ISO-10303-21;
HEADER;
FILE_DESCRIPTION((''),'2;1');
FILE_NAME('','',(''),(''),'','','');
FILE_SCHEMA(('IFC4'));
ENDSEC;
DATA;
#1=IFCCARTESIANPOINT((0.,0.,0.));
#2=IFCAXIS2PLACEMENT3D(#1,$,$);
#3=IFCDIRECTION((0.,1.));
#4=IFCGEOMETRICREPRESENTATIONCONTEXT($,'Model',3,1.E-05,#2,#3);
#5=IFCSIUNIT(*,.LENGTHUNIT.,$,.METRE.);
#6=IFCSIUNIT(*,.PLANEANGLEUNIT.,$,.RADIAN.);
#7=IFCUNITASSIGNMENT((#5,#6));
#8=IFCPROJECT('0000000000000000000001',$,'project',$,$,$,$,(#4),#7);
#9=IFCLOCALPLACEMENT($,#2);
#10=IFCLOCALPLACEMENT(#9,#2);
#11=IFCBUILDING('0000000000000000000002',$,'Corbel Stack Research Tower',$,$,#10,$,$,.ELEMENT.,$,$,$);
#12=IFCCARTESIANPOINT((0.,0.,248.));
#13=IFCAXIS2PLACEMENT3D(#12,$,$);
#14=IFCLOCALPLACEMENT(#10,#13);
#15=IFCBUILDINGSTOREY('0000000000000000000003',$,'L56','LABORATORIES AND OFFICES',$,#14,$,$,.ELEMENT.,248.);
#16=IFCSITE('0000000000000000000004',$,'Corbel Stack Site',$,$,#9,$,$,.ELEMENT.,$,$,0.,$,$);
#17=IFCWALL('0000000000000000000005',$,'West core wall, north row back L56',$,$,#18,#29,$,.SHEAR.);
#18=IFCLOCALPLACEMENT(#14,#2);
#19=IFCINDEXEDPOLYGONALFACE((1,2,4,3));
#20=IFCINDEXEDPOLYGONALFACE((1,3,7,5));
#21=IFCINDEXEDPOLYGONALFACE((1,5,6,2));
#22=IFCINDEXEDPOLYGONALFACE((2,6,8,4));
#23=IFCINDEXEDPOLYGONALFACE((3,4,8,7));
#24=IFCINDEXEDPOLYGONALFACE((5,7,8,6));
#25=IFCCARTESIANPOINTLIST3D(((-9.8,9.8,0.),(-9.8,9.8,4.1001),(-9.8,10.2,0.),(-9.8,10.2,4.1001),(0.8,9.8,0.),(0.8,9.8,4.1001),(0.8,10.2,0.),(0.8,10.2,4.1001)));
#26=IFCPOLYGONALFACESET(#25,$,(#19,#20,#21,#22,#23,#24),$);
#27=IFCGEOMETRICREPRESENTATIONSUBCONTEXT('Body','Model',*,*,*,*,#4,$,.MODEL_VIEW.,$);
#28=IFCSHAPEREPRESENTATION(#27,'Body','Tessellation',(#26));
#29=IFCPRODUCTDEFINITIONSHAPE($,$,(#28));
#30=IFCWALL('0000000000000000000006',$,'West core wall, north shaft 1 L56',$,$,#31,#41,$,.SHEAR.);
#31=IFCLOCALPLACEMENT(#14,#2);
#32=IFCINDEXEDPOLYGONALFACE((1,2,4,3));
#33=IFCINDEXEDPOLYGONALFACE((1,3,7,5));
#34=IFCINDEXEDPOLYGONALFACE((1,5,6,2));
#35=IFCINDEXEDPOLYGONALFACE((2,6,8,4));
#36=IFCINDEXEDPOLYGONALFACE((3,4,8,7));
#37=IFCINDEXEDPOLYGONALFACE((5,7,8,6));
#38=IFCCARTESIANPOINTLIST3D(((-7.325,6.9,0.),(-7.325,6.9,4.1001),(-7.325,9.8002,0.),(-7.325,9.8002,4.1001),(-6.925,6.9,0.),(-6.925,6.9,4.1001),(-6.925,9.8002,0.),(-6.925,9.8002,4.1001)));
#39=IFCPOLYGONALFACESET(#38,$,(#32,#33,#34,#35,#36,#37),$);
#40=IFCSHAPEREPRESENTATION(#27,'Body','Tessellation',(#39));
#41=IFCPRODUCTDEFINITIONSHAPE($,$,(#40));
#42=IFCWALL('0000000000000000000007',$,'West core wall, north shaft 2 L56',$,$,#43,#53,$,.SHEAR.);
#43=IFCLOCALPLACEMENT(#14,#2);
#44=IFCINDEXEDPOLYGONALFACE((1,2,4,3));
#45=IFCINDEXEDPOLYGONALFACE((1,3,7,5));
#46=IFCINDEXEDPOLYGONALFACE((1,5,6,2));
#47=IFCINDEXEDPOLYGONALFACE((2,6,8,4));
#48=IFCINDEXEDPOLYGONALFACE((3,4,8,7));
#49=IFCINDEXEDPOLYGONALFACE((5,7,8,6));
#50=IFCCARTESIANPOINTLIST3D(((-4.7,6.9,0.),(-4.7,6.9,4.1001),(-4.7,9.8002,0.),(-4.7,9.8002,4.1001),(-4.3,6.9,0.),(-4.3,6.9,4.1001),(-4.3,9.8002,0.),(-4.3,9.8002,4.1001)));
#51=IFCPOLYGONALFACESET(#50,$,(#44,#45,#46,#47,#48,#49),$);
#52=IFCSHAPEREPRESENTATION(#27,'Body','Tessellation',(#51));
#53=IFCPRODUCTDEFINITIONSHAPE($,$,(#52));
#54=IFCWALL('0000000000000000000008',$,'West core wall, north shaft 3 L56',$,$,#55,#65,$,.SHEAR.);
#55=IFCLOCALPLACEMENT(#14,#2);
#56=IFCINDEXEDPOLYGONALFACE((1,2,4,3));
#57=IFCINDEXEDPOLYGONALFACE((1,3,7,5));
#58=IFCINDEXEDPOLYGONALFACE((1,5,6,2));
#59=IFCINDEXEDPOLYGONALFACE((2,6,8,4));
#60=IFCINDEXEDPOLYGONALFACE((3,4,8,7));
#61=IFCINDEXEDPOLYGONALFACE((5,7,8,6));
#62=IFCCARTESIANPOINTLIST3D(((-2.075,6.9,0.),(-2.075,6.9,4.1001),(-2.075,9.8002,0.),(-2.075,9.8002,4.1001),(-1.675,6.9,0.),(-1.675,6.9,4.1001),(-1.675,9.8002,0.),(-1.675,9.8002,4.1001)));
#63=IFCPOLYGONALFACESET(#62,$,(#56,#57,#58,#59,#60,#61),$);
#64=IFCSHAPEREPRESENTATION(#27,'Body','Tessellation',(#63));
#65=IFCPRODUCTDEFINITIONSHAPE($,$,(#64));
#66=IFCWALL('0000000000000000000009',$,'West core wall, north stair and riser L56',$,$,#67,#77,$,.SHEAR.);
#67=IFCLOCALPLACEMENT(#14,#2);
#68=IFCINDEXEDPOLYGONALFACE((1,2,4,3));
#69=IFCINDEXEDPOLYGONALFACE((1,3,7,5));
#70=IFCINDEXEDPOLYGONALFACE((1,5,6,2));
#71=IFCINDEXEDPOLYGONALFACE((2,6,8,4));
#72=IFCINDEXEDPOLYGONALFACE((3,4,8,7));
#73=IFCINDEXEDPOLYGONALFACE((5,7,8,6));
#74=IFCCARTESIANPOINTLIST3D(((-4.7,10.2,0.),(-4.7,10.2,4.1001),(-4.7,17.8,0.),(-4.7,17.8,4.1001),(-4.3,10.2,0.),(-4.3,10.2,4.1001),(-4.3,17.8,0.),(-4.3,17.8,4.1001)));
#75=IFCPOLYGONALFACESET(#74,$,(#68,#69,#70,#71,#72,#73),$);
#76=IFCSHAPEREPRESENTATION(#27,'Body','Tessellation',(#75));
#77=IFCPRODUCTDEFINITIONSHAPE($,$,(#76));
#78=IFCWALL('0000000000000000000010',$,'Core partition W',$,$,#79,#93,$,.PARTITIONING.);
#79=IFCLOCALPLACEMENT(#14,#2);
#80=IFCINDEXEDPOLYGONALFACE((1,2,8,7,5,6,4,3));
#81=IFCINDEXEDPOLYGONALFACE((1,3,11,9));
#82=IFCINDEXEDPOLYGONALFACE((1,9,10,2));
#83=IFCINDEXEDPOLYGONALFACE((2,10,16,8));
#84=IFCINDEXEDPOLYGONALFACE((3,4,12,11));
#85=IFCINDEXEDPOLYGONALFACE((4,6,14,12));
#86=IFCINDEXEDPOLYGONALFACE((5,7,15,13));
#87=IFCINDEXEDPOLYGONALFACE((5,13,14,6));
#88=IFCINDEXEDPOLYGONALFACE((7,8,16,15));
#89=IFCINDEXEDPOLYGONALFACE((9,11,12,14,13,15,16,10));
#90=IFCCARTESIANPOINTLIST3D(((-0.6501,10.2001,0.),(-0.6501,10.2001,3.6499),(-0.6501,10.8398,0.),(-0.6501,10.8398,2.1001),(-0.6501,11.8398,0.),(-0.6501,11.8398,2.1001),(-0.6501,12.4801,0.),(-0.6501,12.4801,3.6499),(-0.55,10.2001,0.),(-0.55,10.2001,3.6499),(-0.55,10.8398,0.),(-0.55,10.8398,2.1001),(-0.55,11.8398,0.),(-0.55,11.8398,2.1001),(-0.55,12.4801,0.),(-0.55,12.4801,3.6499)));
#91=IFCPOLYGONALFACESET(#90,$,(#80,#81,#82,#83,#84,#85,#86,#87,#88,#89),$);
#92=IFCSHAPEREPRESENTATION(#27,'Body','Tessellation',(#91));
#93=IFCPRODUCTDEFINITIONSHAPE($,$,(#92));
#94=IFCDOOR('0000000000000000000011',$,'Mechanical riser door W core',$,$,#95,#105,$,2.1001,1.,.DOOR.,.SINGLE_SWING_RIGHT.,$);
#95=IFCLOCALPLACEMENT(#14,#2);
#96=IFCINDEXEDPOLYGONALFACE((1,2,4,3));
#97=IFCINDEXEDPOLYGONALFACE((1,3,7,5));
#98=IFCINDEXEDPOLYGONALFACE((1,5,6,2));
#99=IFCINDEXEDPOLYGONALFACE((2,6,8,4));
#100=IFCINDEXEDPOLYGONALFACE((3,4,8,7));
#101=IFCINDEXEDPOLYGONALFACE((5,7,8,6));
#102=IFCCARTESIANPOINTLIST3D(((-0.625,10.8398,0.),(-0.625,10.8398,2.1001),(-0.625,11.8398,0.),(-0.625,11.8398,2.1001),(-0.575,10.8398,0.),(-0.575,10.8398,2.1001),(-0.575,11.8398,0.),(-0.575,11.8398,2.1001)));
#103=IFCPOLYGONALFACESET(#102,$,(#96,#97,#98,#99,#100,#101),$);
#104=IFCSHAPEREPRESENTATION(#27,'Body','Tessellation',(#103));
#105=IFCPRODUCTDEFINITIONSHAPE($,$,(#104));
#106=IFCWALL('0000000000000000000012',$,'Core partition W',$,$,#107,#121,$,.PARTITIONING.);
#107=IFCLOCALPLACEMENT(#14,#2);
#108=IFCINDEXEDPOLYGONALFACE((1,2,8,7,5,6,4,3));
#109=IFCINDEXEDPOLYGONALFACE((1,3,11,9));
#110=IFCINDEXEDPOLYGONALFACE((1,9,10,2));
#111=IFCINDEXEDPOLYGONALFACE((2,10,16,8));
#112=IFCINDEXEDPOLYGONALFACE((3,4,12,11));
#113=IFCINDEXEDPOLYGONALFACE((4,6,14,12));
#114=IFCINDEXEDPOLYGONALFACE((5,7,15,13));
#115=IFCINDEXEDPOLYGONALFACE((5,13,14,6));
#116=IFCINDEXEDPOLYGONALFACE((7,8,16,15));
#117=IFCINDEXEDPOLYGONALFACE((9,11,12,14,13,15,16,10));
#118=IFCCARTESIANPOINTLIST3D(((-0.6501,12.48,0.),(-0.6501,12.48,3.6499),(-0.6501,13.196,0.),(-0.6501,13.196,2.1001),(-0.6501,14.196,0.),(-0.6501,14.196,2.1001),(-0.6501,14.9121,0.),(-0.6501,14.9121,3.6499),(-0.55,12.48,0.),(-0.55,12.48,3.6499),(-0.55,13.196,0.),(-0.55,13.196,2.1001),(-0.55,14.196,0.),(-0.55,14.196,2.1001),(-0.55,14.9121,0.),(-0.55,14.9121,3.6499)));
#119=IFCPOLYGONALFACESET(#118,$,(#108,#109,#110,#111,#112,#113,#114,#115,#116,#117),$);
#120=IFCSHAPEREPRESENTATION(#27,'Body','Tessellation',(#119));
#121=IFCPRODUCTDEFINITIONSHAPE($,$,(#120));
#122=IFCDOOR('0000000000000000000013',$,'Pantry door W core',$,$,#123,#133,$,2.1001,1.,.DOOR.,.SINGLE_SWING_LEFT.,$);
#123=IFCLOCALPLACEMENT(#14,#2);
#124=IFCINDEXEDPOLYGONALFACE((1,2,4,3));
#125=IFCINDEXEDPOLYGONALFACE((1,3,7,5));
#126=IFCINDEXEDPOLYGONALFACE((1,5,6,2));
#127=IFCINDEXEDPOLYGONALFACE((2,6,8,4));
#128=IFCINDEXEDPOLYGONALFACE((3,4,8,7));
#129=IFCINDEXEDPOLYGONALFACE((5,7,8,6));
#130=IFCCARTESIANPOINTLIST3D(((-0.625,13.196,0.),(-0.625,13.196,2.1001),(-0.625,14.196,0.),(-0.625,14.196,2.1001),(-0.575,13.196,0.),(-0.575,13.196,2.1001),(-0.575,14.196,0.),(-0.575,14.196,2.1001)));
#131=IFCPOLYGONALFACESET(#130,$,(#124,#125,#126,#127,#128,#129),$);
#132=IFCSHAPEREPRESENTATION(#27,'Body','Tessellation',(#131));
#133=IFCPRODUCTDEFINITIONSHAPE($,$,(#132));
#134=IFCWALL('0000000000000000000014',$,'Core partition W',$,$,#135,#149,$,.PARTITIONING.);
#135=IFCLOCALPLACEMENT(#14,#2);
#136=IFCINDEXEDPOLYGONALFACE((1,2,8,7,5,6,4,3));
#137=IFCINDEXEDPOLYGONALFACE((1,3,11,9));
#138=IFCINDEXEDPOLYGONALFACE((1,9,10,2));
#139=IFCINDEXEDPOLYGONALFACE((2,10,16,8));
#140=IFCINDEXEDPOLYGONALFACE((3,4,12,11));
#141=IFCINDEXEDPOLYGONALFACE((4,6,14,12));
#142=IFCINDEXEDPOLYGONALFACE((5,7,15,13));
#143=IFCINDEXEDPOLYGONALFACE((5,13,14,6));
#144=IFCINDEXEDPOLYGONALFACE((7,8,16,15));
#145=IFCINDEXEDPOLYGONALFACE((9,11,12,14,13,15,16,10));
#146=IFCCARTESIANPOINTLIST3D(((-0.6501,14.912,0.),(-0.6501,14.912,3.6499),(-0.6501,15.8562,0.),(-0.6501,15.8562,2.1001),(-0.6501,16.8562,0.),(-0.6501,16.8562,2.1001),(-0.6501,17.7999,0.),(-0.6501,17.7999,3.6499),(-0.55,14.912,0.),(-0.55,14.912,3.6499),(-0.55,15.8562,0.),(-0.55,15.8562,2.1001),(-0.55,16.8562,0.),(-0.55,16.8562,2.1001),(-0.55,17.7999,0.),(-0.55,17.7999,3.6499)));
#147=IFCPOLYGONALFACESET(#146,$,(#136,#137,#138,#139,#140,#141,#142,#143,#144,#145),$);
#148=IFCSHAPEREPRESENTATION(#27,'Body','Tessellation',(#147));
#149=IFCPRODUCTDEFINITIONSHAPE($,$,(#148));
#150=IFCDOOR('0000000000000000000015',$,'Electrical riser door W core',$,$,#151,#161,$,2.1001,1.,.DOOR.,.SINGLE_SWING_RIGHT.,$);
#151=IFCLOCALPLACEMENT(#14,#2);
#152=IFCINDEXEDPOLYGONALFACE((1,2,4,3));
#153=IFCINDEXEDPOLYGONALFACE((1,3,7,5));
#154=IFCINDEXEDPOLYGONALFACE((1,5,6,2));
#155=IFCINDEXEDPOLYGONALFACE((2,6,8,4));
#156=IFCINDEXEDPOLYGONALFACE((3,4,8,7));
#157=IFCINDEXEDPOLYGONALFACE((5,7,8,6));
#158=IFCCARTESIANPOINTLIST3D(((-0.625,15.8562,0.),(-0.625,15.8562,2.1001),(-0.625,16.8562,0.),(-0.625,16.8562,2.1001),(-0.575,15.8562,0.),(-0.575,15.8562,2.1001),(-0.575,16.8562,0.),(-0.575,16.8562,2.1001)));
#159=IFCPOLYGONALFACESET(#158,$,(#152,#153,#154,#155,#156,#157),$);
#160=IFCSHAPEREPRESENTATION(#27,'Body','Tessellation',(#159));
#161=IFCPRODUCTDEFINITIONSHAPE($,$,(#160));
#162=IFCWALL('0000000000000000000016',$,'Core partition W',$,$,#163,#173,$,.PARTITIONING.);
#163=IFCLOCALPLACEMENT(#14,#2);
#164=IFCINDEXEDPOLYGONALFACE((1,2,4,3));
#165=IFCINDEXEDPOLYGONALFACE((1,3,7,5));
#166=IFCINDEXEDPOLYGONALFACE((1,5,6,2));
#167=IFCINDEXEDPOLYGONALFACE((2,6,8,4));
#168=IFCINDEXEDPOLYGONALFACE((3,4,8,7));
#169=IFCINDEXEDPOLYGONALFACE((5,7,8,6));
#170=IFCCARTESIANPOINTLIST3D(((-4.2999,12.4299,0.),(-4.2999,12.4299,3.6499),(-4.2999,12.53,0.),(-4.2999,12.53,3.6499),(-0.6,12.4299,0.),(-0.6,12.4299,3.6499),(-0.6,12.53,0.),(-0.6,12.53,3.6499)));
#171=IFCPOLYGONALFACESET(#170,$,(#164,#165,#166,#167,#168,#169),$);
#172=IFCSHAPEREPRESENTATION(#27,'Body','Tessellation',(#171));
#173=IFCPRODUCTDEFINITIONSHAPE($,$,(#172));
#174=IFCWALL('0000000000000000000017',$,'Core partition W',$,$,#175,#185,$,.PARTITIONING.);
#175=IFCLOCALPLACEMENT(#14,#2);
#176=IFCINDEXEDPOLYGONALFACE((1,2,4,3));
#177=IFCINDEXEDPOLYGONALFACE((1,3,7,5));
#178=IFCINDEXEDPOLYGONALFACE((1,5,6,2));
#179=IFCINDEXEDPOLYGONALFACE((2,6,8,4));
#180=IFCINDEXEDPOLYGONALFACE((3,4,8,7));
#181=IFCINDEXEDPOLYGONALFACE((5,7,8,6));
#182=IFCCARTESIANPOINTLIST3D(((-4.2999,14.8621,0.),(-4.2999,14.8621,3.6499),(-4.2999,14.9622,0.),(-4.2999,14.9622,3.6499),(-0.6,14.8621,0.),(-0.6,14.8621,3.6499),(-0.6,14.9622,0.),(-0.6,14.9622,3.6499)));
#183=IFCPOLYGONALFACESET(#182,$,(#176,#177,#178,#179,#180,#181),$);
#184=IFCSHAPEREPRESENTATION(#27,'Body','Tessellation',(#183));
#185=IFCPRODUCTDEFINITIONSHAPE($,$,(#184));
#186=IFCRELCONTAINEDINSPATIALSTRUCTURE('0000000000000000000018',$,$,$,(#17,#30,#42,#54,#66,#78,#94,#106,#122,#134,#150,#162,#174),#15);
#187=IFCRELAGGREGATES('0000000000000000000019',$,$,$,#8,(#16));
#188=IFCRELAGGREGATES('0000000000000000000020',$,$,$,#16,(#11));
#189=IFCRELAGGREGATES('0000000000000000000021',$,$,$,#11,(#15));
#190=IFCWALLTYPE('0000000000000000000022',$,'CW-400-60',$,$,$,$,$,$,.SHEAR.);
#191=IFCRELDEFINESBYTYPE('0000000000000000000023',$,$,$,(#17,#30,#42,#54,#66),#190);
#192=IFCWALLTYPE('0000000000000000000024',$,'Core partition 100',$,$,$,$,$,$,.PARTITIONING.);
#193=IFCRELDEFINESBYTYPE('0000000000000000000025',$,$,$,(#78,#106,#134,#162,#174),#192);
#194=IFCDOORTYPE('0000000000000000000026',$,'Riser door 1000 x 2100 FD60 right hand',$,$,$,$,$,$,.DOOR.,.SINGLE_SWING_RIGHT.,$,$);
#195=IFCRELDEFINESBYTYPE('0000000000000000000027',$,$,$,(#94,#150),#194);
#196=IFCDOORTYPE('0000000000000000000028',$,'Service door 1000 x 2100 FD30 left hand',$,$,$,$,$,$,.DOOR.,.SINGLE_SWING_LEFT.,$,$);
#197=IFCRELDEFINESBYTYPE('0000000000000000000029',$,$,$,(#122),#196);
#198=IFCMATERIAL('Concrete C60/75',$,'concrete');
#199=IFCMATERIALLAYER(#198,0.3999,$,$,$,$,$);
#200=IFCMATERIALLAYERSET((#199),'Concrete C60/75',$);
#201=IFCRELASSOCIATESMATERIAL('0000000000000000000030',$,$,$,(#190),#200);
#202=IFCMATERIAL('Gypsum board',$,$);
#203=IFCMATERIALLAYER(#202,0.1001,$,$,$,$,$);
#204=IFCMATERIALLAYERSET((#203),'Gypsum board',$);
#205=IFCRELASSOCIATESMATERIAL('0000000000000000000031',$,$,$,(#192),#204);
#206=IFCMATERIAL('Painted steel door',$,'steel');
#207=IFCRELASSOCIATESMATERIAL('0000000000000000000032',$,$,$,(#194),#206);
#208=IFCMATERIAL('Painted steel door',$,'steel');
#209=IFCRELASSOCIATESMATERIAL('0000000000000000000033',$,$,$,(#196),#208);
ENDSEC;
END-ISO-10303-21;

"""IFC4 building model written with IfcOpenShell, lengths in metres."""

from ifc_helpers import new_model, si_unit, direction, frame, frame_2d, origin, place, context, subcontext, project, spatial, rectangle, extrude, material, layer, layer_set, type_object, element, fill, save


model = new_model("IFC4")

# Units and contexts
model_context = context("Model", 3, precision=1e-05, world=origin(), true_north=direction((0.0, 1.0)))
body_context = subcontext(model_context, "Body", "Model", "MODEL_VIEW")
ifc_project = project(units=[si_unit("LENGTHUNIT", "METRE"), si_unit("PLANEANGLEUNIT", "RADIAN")], contexts=[model_context])

# Site, building, storey
site_placement = place(None, origin())
site = spatial("IfcSite", under=ifc_project, at=site_placement, Name="Corbel Stack Site", CompositionType="ELEMENT", RefElevation=0.0)
building_placement = place(site_placement, origin())
building = spatial("IfcBuilding", under=site, at=building_placement, Name="Corbel Stack Research Tower", CompositionType="ELEMENT")
storey_placement = place(building_placement, frame((0.0, 0.0, 248.0)))
storey = spatial("IfcBuildingStorey", under=building, at=storey_placement, Name="L56", Description="LABORATORIES AND OFFICES", CompositionType="ELEMENT", Elevation=248.0)

# Walls
ifc_material_1 = material(Name="Concrete C60/75", Category="concrete")
ifc_layer_1 = layer(ifc_material_1, 0.3999)
ifc_layer_set_1 = layer_set([ifc_layer_1], Name="Concrete C60/75")
wall_type_1 = type_object("IfcWallType", Name="CW-400-60", PredefinedType="SHEAR", material=ifc_layer_set_1)
wall_1_placement = place(storey_placement, frame((-9.8, 10.0, 0.0), z_axis=(0.0, 0.0, 1.0), x_axis=(1.0, 0.0, 0.0)))
element("IfcWall", 1, at=wall_1_placement, inside=storey, type_object=wall_type_1, Name="West core wall, north row back L56", PredefinedType="SHEAR", context=body_context, shape_type="SweptSolid", body=[
    extrude(rectangle(XDim=10.6001, YDim=0.3999, at=frame_2d((5.3, 0.0))), origin(), (0.0, 0.0, 1.0), 4.1001),
])
for number, where, z_axis, x_axis, name in (
    (2, (-7.125, 6.8999, 0.0), (0.0, 0.0, 1.0), (0.0, 1.0, 0.0), "West core wall, north shaft 1 L56"),
    (3, (-4.5, 6.8999, 0.0), (0.0, 0.0, 1.0), (0.0, 1.0, 0.0), "West core wall, north shaft 2 L56"),
    (4, (-1.875, 6.8999, 0.0), (0.0, 0.0, 1.0), (0.0, 1.0, 0.0), "West core wall, north shaft 3 L56"),
):
    element("IfcWall", number, at=place(storey_placement, frame(where, z_axis=z_axis, x_axis=x_axis)), inside=storey, type_object=wall_type_1, Name=name, PredefinedType="SHEAR", context=body_context, shape_type="SweptSolid", body=[
        extrude(rectangle(XDim=2.9001, YDim=0.3999, at=frame_2d((1.4502, 0.0))), origin(), (0.0, 0.0, 1.0), 4.1001),
    ])
wall_2_placement = place(storey_placement, frame((-4.5, 10.2, 0.0), z_axis=(0.0, 0.0, 1.0), x_axis=(0.0, 1.0, 0.0)))
element("IfcWall", 5, at=wall_2_placement, inside=storey, type_object=wall_type_1, Name="West core wall, north stair and riser L56", PredefinedType="SHEAR", context=body_context, shape_type="SweptSolid", body=[
    extrude(rectangle(XDim=7.6001, YDim=0.3999, at=frame_2d((3.8, 0.0))), origin(), (0.0, 0.0, 1.0), 4.1001),
])

# Walls, openings, doors
ifc_material_2 = material(Name="Gypsum board")
ifc_layer_2 = layer(ifc_material_2, 0.1001)
ifc_layer_set_2 = layer_set([ifc_layer_2], Name="Gypsum board")
wall_type_2 = type_object("IfcWallType", Name="Core partition 100", PredefinedType="PARTITIONING", material=ifc_layer_set_2)
wall_3_placement = place(storey_placement, frame((-0.6001, 10.2, 0.0), z_axis=(0.0, 0.0, 1.0), x_axis=(0.0, 1.0, 0.0)))
wall_3 = element("IfcWall", 6, at=wall_3_placement, inside=storey, type_object=wall_type_2, Name="Core partition W", PredefinedType="PARTITIONING", context=body_context, shape_type="SweptSolid", body=[
    extrude(rectangle(XDim=2.28, YDim=0.1001, at=frame_2d((1.1401, 0.0))), origin(), (0.0, 0.0, 1.0), 3.6499),
])
opening_1_placement = place(wall_3_placement, frame((0.6399, 0.0, 0.0)))
opening_1 = element("IfcOpeningElement", 7, at=opening_1_placement, cuts=wall_3, PredefinedType="OPENING", context=body_context, shape_type="SweptSolid", body=[
    extrude(rectangle(XDim=1.0, YDim=2.1001, at=frame_2d((0.5, 1.05))), frame((0.0, 0.0601, 0.0), z_axis=(0.0, -1.0, 0.0), x_axis=(1.0, 0.0, 0.0)), (0.0, 0.0, 1.0), 0.1201),
])
ifc_material_3 = material(Name="Painted steel door", Category="steel")
door_type_1 = type_object("IfcDoorType", Name="Riser door 1000 x 2100 FD60 right hand", OperationType="SINGLE_SWING_RIGHT", PredefinedType="DOOR", material=ifc_material_3)
door_1_placement = place(opening_1_placement, origin())
door_1 = element("IfcDoor", 8, at=door_1_placement, inside=storey, type_object=door_type_1, Name="Mechanical riser door W core", OperationType="SINGLE_SWING_RIGHT", OverallHeight=2.1001, OverallWidth=1.0, PredefinedType="DOOR", context=body_context, shape_type="SweptSolid", body=[
    extrude(rectangle(XDim=1.0, YDim=2.1001, at=frame_2d((0.5, 1.05))), frame((0.0, 0.0249, 0.0), z_axis=(0.0, -1.0, 0.0), x_axis=(1.0, 0.0, 0.0)), (0.0, 0.0, 1.0), 0.05),
])
fill(opening_1, door_1)
wall_4_placement = place(storey_placement, frame((-0.6001, 12.48, 0.0), z_axis=(0.0, 0.0, 1.0), x_axis=(0.0, 1.0, 0.0)))
wall_4 = element("IfcWall", 9, at=wall_4_placement, inside=storey, type_object=wall_type_2, Name="Core partition W", PredefinedType="PARTITIONING", context=body_context, shape_type="SweptSolid", body=[
    extrude(rectangle(XDim=2.4321, YDim=0.1001, at=frame_2d((1.2161, 0.0))), origin(), (0.0, 0.0, 1.0), 3.6499),
])
opening_2_placement = place(wall_4_placement, frame((0.7161, 0.0, 0.0)))
opening_2 = element("IfcOpeningElement", 10, at=opening_2_placement, cuts=wall_4, PredefinedType="OPENING", context=body_context, shape_type="SweptSolid", body=[
    extrude(rectangle(XDim=1.0, YDim=2.1001, at=frame_2d((0.5, 1.05))), frame((0.0, 0.0601, 0.0), z_axis=(0.0, -1.0, 0.0), x_axis=(1.0, 0.0, 0.0)), (0.0, 0.0, 1.0), 0.1201),
])
ifc_material_4 = material(Name="Painted steel door", Category="steel")
door_type_2 = type_object("IfcDoorType", Name="Service door 1000 x 2100 FD30 left hand", OperationType="SINGLE_SWING_LEFT", PredefinedType="DOOR", material=ifc_material_4)
door_2_placement = place(opening_2_placement, origin())
door_2 = element("IfcDoor", 11, at=door_2_placement, inside=storey, type_object=door_type_2, Name="Pantry door W core", OperationType="SINGLE_SWING_LEFT", OverallHeight=2.1001, OverallWidth=1.0, PredefinedType="DOOR", context=body_context, shape_type="SweptSolid", body=[
    extrude(rectangle(XDim=1.0, YDim=2.1001, at=frame_2d((0.5, 1.05))), frame((0.0, 0.0249, 0.0), z_axis=(0.0, -1.0, 0.0), x_axis=(1.0, 0.0, 0.0)), (0.0, 0.0, 1.0), 0.05),
])
fill(opening_2, door_2)
wall_5_placement = place(storey_placement, frame((-0.6001, 14.9121, 0.0), z_axis=(0.0, 0.0, 1.0), x_axis=(0.0, 1.0, 0.0)))
wall_5 = element("IfcWall", 12, at=wall_5_placement, inside=storey, type_object=wall_type_2, Name="Core partition W", PredefinedType="PARTITIONING", context=body_context, shape_type="SweptSolid", body=[
    extrude(rectangle(XDim=2.8879, YDim=0.1001, at=frame_2d((1.4438, 0.0))), origin(), (0.0, 0.0, 1.0), 3.6499),
])
opening_3_placement = place(wall_5_placement, frame((0.9441, 0.0, 0.0)))
opening_3 = element("IfcOpeningElement", 13, at=opening_3_placement, cuts=wall_5, PredefinedType="OPENING", context=body_context, shape_type="SweptSolid", body=[
    extrude(rectangle(XDim=1.0, YDim=2.1001, at=frame_2d((0.5, 1.05))), frame((0.0, 0.0601, 0.0), z_axis=(0.0, -1.0, 0.0), x_axis=(1.0, 0.0, 0.0)), (0.0, 0.0, 1.0), 0.1201),
])
door_3_placement = place(opening_3_placement, origin())
door_3 = element("IfcDoor", 14, at=door_3_placement, inside=storey, type_object=door_type_1, Name="Electrical riser door W core", OperationType="SINGLE_SWING_RIGHT", OverallHeight=2.1001, OverallWidth=1.0, PredefinedType="DOOR", context=body_context, shape_type="SweptSolid", body=[
    extrude(rectangle(XDim=1.0, YDim=2.1001, at=frame_2d((0.5, 1.05))), frame((0.0, 0.0249, 0.0), z_axis=(0.0, -1.0, 0.0), x_axis=(1.0, 0.0, 0.0)), (0.0, 0.0, 1.0), 0.05),
])
fill(opening_3, door_3)

# Walls
for number, where, z_axis, x_axis, name in (
    (15, (-4.3, 12.48, 0.0), (0.0, 0.0, 1.0), (1.0, 0.0, 0.0), "Core partition W"),
    (16, (-4.3, 14.9121, 0.0), (0.0, 0.0, 1.0), (1.0, 0.0, 0.0), "Core partition W"),
):
    element("IfcWall", number, at=place(storey_placement, frame(where, z_axis=z_axis, x_axis=x_axis)), inside=storey, type_object=wall_type_2, Name=name, PredefinedType="PARTITIONING", context=body_context, shape_type="SweptSolid", body=[
        extrude(rectangle(XDim=3.7, YDim=0.1001, at=frame_2d((1.8501, 0.0))), origin(), (0.0, 0.0, 1.0), 3.6499),
    ])

save(model, "model.ifc")
